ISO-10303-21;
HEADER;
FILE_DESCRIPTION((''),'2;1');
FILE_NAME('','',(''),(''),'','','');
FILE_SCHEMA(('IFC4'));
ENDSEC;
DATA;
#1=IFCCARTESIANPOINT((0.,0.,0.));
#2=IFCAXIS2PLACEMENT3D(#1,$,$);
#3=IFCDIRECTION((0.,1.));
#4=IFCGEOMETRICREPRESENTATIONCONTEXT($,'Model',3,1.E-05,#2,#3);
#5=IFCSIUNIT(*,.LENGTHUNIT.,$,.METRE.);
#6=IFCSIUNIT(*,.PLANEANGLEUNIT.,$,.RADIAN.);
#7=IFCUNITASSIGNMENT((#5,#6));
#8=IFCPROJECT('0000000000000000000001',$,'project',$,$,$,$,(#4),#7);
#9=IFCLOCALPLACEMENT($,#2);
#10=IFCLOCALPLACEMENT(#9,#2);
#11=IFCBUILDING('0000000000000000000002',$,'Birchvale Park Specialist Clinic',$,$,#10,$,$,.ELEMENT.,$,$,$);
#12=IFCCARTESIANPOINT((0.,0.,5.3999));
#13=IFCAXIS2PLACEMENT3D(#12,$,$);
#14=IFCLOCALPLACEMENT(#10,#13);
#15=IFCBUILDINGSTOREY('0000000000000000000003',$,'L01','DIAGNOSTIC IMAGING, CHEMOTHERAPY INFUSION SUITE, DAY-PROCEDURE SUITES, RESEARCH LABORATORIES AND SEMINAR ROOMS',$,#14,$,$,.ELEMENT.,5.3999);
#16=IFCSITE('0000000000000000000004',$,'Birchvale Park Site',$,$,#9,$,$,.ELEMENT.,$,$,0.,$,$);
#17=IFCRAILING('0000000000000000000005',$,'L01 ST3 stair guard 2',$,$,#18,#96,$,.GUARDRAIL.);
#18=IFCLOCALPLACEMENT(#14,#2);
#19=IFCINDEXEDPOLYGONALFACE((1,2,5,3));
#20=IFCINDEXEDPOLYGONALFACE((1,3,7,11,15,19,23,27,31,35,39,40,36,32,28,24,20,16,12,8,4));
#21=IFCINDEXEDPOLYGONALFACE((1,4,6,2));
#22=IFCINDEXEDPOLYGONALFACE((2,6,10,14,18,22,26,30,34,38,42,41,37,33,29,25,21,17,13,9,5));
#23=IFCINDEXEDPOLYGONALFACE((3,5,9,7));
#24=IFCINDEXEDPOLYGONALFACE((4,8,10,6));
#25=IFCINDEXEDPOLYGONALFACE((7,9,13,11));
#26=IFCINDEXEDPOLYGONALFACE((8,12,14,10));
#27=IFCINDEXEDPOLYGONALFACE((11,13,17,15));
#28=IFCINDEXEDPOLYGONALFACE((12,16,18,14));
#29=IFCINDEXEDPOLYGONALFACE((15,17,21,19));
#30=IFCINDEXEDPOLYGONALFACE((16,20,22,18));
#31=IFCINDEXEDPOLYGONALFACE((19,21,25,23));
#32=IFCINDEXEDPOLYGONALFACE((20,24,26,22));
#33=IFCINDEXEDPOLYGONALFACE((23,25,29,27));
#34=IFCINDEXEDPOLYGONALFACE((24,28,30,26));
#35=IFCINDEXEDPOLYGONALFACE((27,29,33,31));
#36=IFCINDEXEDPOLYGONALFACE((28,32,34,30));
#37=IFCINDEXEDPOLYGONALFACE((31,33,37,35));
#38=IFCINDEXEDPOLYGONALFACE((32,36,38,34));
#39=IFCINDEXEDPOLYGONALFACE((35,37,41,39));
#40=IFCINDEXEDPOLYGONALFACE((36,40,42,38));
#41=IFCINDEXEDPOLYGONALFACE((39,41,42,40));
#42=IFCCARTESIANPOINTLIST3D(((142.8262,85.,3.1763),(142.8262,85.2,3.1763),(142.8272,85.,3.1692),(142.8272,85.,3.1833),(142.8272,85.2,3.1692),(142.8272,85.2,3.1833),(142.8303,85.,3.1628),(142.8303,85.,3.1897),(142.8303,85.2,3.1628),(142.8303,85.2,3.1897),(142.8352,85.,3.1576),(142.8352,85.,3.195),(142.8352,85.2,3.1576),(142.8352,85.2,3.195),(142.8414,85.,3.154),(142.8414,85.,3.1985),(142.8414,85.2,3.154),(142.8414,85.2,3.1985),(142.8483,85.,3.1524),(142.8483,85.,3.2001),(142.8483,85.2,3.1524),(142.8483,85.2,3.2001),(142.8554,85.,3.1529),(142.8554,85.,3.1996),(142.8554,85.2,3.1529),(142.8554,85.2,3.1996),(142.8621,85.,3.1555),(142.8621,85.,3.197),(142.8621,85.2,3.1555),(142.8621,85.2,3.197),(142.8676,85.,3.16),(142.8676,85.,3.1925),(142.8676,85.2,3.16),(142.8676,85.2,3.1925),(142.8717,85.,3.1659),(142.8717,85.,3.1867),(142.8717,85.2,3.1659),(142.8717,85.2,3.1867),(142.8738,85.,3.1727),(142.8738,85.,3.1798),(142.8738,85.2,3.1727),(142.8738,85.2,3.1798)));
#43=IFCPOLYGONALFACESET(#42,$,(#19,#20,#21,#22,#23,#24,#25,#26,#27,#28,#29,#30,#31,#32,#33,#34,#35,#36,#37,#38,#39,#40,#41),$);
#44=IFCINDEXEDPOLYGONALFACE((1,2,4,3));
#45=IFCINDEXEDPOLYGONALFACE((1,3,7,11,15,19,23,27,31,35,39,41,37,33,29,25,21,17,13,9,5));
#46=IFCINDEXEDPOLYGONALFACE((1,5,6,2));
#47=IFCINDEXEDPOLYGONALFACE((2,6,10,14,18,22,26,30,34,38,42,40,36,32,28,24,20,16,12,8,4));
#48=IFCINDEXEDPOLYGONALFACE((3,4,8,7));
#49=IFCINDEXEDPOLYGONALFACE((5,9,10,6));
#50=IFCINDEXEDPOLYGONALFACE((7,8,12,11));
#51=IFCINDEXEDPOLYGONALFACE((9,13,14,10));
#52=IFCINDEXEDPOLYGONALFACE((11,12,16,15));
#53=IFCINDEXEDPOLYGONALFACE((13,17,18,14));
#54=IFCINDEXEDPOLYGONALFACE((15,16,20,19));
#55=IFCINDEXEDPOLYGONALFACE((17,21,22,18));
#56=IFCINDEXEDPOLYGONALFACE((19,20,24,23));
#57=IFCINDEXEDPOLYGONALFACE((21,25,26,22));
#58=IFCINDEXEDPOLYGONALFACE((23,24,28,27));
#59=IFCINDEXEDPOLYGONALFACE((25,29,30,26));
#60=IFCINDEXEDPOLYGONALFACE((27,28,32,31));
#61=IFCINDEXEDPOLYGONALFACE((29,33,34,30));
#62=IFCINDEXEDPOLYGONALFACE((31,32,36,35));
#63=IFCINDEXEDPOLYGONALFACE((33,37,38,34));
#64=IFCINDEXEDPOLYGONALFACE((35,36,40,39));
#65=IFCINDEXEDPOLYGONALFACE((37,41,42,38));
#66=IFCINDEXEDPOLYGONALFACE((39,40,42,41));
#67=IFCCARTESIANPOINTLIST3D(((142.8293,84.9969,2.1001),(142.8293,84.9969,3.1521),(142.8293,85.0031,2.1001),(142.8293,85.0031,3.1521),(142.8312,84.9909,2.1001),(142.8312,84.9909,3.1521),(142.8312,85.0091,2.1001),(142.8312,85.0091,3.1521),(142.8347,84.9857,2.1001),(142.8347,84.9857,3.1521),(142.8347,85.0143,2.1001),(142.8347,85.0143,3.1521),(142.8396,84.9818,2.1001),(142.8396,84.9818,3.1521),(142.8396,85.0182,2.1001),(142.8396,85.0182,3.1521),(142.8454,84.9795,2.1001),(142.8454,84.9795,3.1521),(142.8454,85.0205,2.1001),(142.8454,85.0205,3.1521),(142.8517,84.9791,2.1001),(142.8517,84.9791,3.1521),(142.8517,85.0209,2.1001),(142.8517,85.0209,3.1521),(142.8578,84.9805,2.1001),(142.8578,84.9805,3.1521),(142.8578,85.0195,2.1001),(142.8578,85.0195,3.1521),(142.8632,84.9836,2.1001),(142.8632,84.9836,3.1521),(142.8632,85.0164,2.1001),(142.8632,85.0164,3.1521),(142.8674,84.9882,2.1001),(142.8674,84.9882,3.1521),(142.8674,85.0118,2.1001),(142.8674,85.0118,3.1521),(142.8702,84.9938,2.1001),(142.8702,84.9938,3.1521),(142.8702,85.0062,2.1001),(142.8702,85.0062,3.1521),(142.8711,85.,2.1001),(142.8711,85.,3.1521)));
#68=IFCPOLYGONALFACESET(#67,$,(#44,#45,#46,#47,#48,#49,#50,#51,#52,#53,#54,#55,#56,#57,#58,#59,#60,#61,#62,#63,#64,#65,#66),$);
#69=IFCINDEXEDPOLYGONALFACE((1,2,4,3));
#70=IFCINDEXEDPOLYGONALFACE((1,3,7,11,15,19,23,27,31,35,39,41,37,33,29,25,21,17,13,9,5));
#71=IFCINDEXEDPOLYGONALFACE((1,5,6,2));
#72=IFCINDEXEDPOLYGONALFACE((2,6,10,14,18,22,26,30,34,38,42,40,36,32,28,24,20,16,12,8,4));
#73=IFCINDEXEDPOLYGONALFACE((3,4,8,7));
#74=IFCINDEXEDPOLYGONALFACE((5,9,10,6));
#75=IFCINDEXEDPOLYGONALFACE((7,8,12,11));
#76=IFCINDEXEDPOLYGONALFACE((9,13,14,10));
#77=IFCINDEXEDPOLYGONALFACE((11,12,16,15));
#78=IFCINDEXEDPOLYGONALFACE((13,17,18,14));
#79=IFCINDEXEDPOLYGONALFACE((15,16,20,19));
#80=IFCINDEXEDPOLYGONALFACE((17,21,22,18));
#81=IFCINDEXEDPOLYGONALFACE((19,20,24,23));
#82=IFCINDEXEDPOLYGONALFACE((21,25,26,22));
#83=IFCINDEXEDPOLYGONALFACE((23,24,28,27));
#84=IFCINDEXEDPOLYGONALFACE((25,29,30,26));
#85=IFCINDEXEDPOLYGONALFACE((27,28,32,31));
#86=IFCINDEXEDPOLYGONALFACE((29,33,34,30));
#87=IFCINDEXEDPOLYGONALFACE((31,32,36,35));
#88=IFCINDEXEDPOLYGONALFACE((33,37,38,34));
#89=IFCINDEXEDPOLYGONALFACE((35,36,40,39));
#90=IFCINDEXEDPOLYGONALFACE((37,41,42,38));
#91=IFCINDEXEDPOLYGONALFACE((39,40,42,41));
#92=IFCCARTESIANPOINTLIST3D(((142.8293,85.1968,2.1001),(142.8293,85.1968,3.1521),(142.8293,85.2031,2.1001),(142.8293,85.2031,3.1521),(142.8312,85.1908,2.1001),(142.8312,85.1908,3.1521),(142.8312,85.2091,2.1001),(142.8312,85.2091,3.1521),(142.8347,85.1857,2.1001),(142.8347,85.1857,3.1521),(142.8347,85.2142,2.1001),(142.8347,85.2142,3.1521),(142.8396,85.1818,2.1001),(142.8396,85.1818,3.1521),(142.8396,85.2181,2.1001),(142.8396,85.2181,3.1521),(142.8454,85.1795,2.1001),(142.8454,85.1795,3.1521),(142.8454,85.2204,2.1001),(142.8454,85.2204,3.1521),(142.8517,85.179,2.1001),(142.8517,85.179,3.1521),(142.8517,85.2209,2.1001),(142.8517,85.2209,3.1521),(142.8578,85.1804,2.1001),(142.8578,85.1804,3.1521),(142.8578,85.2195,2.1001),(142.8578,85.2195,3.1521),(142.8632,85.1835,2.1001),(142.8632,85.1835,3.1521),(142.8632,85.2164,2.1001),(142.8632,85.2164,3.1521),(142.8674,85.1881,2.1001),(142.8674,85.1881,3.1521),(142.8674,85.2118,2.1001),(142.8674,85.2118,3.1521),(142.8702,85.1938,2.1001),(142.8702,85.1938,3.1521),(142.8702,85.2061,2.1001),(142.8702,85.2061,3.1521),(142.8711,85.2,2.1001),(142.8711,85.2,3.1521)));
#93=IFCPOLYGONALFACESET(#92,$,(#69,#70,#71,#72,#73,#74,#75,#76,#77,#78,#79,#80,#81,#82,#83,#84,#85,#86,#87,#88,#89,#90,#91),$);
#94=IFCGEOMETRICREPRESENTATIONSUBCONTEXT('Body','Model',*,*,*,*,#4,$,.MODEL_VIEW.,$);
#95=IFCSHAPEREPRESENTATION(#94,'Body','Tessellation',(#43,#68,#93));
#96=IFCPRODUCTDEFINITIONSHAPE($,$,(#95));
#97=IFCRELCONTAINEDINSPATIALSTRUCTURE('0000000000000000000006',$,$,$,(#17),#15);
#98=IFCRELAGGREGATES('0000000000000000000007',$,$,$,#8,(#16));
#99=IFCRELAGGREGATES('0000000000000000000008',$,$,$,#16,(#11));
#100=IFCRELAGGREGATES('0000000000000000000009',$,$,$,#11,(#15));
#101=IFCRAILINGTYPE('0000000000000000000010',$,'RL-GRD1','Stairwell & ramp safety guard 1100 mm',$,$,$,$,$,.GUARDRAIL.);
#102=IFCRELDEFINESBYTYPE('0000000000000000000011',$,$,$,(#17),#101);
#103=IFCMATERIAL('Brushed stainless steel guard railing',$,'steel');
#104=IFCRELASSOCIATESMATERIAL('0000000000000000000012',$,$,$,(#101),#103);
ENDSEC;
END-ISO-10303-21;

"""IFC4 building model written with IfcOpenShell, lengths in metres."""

from ifc_helpers import new_model, si_unit, direction, frame, origin, origin_2d, place, context, subcontext, project, spatial, circle, extrude, material, type_object, element, save


model = new_model("IFC4")

# Units and contexts
model_context = context("Model", 3, precision=1e-05, world=origin(), true_north=direction((0.0, 1.0)))
body_context = subcontext(model_context, "Body", "Model", "MODEL_VIEW")
ifc_project = project(units=[si_unit("LENGTHUNIT", "METRE"), si_unit("PLANEANGLEUNIT", "RADIAN")], contexts=[model_context])

# Site, building, storey
site_placement = place(None, origin())
site = spatial("IfcSite", under=ifc_project, at=site_placement, Name="Birchvale Park Site", CompositionType="ELEMENT", RefElevation=0.0)
building_placement = place(site_placement, origin())
building = spatial("IfcBuilding", under=site, at=building_placement, Name="Birchvale Park Specialist Clinic", CompositionType="ELEMENT")
storey_placement = place(building_placement, frame((0.0, 0.0, 5.3999)))
storey = spatial("IfcBuildingStorey", under=building, at=storey_placement, Name="L01", Description="DIAGNOSTIC IMAGING, CHEMOTHERAPY INFUSION SUITE, DAY-PROCEDURE SUITES, RESEARCH LABORATORIES AND SEMINAR ROOMS", CompositionType="ELEMENT", Elevation=5.3999)

# Railing
ifc_material_1 = material(Name="Brushed stainless steel guard railing", Category="steel")
railing_type_1 = type_object("IfcRailingType", Name="RL-GRD1", Description="Stairwell & ramp safety guard 1100 mm", PredefinedType="GUARDRAIL", material=ifc_material_1)
railing_1_placement = place(storey_placement, frame((142.8501, 85.0, 2.1001)))
element("IfcRailing", 1, at=railing_1_placement, inside=storey, type_object=railing_type_1, Name="L01 ST3 stair guard 2", PredefinedType="GUARDRAIL", context=body_context, shape_type="SweptSolid", body=[
    extrude(circle(Radius=0.0239, at=origin_2d()), frame((0.0, 0.0, 1.0762), z_axis=(0.0, 1.0, 0.0), x_axis=(-1.0, 0.0, 0.0)), (0.0, 0.0, 1.0), 0.2),
    extrude(circle(Radius=0.021, at=origin_2d()), origin(), (0.0, 0.0, 1.0), 1.052),
    extrude(circle(Radius=0.021, at=origin_2d()), frame((0.0, 0.2, 0.0)), (0.0, 0.0, 1.0), 1.052),
])

save(model, "model.ifc")
